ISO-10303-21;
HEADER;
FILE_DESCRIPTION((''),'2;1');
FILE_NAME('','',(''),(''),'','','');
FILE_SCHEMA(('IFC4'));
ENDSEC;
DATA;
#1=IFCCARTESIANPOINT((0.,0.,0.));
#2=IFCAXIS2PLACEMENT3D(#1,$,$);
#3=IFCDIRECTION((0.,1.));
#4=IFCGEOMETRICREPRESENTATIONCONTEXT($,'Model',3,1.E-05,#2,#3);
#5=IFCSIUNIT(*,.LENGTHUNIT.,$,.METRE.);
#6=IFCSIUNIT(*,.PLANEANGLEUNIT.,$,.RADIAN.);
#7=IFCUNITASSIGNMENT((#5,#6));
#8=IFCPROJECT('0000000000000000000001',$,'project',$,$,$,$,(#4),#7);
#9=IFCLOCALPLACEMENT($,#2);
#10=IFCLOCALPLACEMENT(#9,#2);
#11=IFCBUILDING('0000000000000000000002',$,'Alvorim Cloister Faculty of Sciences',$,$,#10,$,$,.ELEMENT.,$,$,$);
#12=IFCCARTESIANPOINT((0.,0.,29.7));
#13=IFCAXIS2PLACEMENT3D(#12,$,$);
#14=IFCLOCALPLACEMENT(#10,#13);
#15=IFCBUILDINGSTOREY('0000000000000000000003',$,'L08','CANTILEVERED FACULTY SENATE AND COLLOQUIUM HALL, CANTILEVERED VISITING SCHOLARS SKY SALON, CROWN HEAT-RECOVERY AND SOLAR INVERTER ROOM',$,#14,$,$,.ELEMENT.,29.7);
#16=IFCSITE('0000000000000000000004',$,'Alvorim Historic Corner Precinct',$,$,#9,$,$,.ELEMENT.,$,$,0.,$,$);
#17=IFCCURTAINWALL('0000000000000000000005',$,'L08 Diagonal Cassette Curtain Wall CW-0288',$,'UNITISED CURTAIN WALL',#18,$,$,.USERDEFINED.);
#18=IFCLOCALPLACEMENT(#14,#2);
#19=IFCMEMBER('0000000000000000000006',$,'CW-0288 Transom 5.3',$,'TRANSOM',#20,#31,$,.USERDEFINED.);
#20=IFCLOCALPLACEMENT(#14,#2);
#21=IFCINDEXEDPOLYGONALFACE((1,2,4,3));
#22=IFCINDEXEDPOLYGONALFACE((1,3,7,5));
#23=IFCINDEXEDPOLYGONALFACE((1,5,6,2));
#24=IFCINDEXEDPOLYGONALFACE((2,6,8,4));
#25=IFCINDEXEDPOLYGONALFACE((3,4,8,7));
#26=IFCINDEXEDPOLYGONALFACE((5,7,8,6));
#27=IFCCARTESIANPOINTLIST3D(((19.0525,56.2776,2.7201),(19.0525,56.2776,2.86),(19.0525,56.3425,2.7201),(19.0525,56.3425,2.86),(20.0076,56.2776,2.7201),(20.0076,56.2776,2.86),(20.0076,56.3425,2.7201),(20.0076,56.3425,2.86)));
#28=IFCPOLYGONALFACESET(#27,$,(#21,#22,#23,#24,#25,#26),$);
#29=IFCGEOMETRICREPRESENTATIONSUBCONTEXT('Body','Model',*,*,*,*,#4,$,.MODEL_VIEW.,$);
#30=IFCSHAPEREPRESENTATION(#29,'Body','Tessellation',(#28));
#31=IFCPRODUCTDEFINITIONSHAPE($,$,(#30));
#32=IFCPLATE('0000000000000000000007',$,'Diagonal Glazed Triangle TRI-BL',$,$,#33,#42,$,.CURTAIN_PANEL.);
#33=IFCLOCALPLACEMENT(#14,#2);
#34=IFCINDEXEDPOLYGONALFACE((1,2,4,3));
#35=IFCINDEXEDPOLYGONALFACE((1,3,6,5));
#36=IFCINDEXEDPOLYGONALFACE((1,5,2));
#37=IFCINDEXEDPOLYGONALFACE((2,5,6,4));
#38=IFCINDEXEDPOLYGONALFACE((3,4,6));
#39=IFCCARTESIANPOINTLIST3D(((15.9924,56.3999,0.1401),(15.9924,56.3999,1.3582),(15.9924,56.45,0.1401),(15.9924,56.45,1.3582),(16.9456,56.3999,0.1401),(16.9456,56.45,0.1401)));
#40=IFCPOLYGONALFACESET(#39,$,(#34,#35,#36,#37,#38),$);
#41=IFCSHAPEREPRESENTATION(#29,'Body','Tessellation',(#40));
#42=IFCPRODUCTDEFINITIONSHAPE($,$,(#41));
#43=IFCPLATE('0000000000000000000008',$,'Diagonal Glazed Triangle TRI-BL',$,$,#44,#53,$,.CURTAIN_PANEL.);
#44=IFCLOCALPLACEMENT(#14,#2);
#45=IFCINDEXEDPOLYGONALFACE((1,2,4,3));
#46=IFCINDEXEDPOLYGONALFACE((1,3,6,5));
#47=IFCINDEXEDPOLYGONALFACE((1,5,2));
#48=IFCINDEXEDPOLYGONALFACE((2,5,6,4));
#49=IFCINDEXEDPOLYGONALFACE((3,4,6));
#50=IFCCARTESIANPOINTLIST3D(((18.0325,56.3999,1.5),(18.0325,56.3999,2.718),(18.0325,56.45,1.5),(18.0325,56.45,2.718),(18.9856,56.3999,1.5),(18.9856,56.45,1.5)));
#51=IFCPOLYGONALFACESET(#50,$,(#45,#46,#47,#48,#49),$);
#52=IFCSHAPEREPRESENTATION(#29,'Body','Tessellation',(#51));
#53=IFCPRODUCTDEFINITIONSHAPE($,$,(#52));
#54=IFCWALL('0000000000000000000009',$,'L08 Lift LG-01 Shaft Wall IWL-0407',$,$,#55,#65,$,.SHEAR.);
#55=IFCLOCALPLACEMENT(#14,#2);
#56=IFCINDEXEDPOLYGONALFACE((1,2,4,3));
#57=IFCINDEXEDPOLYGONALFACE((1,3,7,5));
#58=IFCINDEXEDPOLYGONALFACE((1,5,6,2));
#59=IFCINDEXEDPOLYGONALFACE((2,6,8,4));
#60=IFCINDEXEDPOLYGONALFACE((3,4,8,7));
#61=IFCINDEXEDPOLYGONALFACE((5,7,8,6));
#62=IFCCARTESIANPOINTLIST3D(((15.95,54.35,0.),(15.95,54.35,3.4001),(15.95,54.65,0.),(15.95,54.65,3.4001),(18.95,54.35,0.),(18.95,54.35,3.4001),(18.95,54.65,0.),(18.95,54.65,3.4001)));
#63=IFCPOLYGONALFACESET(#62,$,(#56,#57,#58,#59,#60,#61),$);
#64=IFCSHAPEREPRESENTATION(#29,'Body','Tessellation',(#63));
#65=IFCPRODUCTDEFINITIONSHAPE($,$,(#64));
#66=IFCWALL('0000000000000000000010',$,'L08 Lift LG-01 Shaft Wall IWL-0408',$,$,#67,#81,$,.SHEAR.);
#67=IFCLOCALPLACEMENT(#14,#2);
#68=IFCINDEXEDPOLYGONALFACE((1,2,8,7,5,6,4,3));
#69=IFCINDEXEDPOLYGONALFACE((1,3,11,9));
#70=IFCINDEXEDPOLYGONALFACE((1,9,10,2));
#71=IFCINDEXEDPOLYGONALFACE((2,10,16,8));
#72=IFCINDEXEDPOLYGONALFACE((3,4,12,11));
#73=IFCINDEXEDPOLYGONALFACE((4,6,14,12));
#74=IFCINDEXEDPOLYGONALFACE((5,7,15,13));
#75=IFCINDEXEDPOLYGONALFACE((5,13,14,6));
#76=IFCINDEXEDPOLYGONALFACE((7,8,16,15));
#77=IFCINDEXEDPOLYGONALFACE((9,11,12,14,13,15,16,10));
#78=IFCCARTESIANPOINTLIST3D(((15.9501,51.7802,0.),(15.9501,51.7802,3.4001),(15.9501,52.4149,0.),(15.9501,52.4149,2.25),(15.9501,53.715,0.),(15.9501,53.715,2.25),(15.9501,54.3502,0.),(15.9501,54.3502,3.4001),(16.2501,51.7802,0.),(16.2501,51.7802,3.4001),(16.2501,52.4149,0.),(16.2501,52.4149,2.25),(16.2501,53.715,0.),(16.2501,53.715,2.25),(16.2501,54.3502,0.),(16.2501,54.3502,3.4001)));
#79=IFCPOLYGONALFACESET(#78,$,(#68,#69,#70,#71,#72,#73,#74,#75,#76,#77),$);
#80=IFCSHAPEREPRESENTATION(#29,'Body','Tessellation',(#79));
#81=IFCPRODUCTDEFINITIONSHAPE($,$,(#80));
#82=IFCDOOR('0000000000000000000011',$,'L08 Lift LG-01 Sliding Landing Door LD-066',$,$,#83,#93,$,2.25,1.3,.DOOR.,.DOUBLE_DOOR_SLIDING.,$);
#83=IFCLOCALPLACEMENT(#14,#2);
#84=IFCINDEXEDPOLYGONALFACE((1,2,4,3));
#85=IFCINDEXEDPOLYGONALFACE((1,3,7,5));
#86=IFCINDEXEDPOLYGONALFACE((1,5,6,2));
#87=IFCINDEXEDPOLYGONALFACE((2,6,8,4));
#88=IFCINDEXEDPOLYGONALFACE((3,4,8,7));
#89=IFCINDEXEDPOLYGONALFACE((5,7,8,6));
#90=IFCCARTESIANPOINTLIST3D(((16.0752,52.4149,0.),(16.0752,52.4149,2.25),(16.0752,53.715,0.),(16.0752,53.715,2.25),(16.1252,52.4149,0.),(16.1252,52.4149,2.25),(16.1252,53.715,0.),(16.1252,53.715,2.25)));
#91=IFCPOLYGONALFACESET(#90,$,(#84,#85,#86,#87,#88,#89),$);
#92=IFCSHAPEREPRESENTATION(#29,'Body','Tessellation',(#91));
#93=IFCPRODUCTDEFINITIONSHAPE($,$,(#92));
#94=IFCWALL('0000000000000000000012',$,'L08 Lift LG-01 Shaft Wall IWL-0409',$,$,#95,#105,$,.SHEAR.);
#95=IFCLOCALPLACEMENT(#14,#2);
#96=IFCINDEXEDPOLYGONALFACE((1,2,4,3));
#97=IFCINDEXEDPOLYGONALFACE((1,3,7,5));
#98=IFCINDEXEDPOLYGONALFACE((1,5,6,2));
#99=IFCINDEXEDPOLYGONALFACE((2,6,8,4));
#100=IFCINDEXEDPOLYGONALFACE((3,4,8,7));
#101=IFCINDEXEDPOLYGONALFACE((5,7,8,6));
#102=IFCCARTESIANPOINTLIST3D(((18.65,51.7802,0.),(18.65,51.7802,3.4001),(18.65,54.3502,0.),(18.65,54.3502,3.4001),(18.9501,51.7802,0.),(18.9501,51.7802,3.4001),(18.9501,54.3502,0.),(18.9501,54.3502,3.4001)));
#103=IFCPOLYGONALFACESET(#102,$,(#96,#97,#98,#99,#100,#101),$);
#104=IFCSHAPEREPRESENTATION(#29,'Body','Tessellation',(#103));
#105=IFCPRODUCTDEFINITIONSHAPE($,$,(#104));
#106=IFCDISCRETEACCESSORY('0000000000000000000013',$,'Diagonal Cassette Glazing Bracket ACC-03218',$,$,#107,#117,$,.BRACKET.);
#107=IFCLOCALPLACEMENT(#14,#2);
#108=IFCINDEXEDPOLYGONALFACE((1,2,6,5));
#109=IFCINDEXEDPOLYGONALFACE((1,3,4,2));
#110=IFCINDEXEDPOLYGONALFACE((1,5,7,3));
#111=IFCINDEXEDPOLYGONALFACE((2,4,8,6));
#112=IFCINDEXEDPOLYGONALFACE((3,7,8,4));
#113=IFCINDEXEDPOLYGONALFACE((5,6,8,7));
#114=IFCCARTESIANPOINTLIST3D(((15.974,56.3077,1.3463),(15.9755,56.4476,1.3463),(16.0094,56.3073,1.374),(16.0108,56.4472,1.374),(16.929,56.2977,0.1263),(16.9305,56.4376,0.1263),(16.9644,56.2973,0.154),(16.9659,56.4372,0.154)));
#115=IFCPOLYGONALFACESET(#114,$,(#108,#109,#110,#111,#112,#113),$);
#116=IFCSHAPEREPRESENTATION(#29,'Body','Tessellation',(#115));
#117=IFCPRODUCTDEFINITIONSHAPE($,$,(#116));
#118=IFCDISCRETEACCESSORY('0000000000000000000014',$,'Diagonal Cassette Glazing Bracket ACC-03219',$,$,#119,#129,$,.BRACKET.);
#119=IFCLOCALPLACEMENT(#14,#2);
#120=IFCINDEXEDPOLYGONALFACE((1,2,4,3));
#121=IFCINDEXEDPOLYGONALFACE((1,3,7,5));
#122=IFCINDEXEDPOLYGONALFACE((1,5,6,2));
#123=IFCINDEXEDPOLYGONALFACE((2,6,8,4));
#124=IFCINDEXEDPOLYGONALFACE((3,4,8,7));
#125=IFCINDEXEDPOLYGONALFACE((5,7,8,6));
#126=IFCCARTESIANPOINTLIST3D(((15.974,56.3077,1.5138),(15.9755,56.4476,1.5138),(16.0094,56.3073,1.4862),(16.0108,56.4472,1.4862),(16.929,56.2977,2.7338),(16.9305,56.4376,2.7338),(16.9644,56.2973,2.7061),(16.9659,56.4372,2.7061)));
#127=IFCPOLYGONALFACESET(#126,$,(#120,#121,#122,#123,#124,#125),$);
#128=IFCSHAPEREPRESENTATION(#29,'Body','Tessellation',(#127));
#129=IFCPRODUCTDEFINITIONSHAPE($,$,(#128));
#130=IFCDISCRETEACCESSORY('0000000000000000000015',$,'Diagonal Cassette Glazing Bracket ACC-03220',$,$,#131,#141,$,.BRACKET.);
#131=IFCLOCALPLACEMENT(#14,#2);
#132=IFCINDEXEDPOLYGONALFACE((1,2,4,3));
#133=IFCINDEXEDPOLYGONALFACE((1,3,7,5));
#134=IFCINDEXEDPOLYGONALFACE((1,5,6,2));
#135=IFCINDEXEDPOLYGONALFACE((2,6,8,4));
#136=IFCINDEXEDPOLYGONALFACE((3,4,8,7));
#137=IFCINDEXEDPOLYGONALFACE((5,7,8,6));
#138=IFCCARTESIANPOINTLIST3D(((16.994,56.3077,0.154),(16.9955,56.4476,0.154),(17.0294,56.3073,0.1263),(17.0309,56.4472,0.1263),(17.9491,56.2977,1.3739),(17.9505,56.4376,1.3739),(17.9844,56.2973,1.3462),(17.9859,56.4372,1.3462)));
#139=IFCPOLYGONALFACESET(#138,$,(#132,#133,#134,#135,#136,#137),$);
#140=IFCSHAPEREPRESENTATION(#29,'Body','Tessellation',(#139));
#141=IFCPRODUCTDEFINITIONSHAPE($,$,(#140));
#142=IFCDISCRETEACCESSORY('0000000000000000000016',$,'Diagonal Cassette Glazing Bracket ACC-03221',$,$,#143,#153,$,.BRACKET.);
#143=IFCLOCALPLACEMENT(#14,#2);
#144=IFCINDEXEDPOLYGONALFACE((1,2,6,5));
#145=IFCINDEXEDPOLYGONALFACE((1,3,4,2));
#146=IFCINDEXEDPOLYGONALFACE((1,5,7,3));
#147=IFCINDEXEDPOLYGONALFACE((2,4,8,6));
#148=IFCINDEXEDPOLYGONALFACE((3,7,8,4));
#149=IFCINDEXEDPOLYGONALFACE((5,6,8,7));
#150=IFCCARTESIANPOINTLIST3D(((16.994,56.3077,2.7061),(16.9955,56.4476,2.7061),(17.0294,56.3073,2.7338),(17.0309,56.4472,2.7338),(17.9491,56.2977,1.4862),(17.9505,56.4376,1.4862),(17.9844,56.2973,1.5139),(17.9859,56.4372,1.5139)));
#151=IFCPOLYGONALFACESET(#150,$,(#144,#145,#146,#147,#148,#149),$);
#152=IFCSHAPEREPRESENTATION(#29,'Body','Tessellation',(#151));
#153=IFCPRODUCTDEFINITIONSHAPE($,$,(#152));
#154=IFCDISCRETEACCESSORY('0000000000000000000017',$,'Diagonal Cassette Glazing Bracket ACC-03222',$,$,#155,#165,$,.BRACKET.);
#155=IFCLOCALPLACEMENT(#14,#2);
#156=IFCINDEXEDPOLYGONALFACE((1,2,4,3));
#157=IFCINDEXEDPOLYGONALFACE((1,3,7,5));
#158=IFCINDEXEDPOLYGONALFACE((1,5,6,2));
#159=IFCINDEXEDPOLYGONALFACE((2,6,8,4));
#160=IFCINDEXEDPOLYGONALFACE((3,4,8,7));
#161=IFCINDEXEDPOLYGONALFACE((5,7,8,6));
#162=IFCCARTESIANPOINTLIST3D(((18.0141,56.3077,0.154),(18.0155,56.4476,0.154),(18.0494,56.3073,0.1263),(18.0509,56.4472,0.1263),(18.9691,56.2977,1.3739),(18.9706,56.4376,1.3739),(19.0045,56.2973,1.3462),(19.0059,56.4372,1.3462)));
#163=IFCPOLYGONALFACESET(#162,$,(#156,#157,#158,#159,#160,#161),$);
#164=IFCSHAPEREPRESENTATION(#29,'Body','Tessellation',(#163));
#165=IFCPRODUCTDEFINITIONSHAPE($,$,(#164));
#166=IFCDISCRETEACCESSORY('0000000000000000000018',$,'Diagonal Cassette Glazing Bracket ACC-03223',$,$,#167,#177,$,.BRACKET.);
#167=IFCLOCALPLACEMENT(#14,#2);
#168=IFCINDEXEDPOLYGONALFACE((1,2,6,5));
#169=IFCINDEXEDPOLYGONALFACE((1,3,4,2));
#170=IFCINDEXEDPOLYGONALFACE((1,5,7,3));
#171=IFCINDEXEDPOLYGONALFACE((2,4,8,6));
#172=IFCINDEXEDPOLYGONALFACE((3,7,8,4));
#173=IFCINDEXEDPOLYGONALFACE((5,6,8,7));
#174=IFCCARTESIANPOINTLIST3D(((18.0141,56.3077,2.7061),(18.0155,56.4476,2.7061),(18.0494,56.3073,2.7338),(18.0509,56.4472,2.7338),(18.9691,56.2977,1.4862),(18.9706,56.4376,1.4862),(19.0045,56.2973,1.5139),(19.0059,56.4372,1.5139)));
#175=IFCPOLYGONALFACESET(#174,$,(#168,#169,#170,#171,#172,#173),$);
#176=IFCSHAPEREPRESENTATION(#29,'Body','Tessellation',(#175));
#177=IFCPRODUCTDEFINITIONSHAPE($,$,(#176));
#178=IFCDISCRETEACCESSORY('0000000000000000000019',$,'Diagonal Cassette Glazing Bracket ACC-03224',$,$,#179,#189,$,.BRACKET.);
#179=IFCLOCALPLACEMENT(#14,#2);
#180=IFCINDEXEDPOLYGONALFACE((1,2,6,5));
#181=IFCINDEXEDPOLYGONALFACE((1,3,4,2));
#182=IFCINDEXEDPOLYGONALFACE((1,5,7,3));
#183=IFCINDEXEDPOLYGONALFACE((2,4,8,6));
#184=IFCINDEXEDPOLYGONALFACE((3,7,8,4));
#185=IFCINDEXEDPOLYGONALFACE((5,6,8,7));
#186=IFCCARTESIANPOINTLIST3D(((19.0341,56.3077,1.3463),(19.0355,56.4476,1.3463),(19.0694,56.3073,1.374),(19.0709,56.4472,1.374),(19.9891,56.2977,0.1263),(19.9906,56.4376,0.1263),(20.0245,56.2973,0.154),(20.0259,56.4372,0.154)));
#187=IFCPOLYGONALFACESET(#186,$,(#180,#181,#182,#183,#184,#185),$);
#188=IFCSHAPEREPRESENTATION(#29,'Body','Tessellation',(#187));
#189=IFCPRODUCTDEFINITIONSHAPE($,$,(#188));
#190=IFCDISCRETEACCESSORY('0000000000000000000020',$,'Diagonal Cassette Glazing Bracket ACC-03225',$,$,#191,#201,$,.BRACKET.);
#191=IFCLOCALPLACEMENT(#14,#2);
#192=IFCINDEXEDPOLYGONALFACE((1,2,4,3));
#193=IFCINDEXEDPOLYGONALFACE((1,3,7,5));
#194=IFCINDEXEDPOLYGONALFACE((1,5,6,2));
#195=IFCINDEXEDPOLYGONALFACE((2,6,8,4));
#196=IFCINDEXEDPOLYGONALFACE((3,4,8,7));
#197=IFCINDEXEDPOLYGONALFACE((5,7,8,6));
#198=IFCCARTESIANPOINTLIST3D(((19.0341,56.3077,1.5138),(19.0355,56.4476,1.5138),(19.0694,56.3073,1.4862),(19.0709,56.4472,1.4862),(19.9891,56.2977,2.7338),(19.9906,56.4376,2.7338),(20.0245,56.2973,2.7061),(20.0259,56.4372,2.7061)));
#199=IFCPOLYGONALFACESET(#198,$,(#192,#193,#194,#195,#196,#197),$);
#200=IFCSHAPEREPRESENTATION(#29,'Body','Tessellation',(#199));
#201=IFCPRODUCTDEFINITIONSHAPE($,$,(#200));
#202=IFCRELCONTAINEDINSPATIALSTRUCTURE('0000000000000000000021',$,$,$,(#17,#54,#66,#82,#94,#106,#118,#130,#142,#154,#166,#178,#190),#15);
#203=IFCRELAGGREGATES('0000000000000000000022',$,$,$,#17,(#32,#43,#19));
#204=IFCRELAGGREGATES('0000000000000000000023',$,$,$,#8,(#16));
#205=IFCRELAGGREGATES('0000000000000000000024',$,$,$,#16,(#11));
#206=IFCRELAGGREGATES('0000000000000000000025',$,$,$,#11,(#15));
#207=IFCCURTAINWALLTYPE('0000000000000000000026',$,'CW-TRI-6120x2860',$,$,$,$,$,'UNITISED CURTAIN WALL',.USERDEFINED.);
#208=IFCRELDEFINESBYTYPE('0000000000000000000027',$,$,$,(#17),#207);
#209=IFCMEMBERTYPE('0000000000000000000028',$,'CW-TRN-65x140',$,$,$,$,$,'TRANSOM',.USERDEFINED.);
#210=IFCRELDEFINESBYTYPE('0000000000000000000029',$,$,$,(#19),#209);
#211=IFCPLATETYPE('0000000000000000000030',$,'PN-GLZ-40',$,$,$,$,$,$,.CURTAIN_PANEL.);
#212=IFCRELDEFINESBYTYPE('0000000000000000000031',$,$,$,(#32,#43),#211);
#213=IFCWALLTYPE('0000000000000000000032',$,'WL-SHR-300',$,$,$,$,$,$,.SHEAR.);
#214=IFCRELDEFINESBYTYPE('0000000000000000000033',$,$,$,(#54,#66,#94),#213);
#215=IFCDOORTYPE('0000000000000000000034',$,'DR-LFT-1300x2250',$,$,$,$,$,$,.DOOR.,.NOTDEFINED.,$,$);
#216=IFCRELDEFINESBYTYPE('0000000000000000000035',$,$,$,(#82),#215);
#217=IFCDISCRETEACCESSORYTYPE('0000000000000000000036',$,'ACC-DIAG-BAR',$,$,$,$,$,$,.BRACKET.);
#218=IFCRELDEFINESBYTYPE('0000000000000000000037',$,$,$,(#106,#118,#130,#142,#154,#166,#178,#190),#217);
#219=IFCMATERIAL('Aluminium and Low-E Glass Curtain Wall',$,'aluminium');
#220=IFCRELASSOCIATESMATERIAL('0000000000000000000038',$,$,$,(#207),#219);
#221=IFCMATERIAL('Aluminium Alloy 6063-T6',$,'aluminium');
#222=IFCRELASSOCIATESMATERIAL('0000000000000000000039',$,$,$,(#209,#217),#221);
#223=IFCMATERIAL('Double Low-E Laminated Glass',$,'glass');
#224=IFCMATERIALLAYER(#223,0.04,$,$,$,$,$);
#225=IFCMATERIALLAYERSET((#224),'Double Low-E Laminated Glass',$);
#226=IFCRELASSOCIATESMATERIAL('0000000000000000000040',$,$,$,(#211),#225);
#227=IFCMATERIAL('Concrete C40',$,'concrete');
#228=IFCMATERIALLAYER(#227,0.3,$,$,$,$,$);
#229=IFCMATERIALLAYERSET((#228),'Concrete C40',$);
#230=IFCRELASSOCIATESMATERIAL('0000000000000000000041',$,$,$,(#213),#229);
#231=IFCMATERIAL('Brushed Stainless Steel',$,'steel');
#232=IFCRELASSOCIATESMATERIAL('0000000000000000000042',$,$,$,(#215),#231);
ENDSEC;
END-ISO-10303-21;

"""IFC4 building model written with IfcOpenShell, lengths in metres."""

from ifc_helpers import new_model, si_unit, direction, frame, frame_2d, origin, origin_2d, place, context, subcontext, project, spatial, polyline, rectangle, outline, extrude, material, layer, layer_set, material_profile, profile_set, type_object, element, fill, aggregate, save


model = new_model("IFC4")

# Units and contexts
model_context = context("Model", 3, precision=1e-05, world=origin(), true_north=direction((0.0, 1.0)))
body_context = subcontext(model_context, "Body", "Model", "MODEL_VIEW")
ifc_project = project(units=[si_unit("LENGTHUNIT", "METRE"), si_unit("PLANEANGLEUNIT", "RADIAN")], contexts=[model_context])

# Site, building, storey
site_placement = place(None, origin())
site = spatial("IfcSite", under=ifc_project, at=site_placement, Name="Alvorim Historic Corner Precinct", CompositionType="ELEMENT", RefElevation=0.0)
building_placement = place(site_placement, origin())
building = spatial("IfcBuilding", under=site, at=building_placement, Name="Alvorim Cloister Faculty of Sciences", CompositionType="ELEMENT")
storey_placement = place(building_placement, frame((0.0, 0.0, 29.7)))
storey = spatial("IfcBuildingStorey", under=building, at=storey_placement, Name="L08", Description="CANTILEVERED FACULTY SENATE AND COLLOQUIUM HALL, CANTILEVERED VISITING SCHOLARS SKY SALON, CROWN HEAT-RECOVERY AND SOLAR INVERTER ROOM", CompositionType="ELEMENT", Elevation=29.7)

# Curtain wall, member, plates
ifc_material_1 = material(Name="Aluminium and Low-E Glass Curtain Wall", Category="aluminium")
curtain_wall_type = type_object("IfcCurtainWallType", Name="CW-TRI-6120x2860", ElementType="UNITISED CURTAIN WALL", PredefinedType="USERDEFINED", material=ifc_material_1)
curtain_wall_placement = place(storey_placement, origin())
curtain_wall = element("IfcCurtainWall", 1, at=curtain_wall_placement, inside=storey, type_object=curtain_wall_type, Name="L08 Diagonal Cassette Curtain Wall CW-0288", ObjectType="UNITISED CURTAIN WALL", PredefinedType="USERDEFINED")
ifc_material_2 = material(Name="Aluminium Alloy 6063-T6", Category="aluminium")
ifc_material_profile_1 = material_profile(ifc_material_2, rectangle(XDim=0.0649, YDim=0.1399, at=origin_2d()), Name="ALU-TRN-65x140")
ifc_profile_set_1 = profile_set([ifc_material_profile_1], Name="Aluminium Alloy 6063-T6")
member_type_1 = type_object("IfcMemberType", Name="CW-TRN-65x140", ElementType="TRANSOM", PredefinedType="USERDEFINED", material=ifc_profile_set_1)
member_1_placement = place(storey_placement, frame((19.0525, 56.3101, 2.79), z_axis=(1.0, 0.0, 0.0), x_axis=(0.0, 1.0, 0.0)))
member_1 = element("IfcMember", 2, at=member_1_placement, type_object=member_type_1, Name="CW-0288 Transom 5.3", ObjectType="TRANSOM", PredefinedType="USERDEFINED", context=body_context, shape_type="SweptSolid", body=[
    extrude(rectangle(XDim=0.0649, YDim=0.1399, at=origin_2d()), origin(), (0.0, 0.0, 1.0), 0.9551),
])
ifc_material_3 = material(Name="Double Low-E Laminated Glass", Category="glass")
ifc_layer_1 = layer(ifc_material_3, 0.04)
ifc_layer_set_1 = layer_set([ifc_layer_1], Name="Double Low-E Laminated Glass")
plate_type = type_object("IfcPlateType", Name="PN-GLZ-40", PredefinedType="CURTAIN_PANEL", material=ifc_layer_set_1)
plate_1_placement = place(storey_placement, frame((15.9924, 56.425, 0.1401), z_axis=(0.0, 0.0, 1.0), x_axis=(1.0, 0.0, 0.0)))
plate_1 = element("IfcPlate", 3, at=plate_1_placement, type_object=plate_type, Name="Diagonal Glazed Triangle TRI-BL", PredefinedType="CURTAIN_PANEL", context=body_context, shape_type="SweptSolid", body=[
    extrude(outline(polyline([(0.0, 0.0), (0.9531, 0.0), (0.0, 1.218), (0.0, 0.0)])), frame((0.0, 0.0249, 0.0), z_axis=(0.0, -1.0, 0.0), x_axis=(1.0, 0.0, 0.0)), (0.0, 0.0, 1.0), 0.05),
])
plate_2_placement = place(storey_placement, frame((18.0325, 56.425, 1.5), z_axis=(0.0, 0.0, 1.0), x_axis=(1.0, 0.0, 0.0)))
plate_2 = element("IfcPlate", 4, at=plate_2_placement, type_object=plate_type, Name="Diagonal Glazed Triangle TRI-BL", PredefinedType="CURTAIN_PANEL", context=body_context, shape_type="SweptSolid", body=[
    extrude(outline(polyline([(0.0, 0.0), (0.9531, 0.0), (0.0, 1.218), (0.0, 0.0)])), frame((0.0, 0.0249, 0.0), z_axis=(0.0, -1.0, 0.0), x_axis=(1.0, 0.0, 0.0)), (0.0, 0.0, 1.0), 0.05),
])
aggregate(curtain_wall, [plate_1, plate_2, member_1])

# Wall
ifc_material_4 = material(Name="Concrete C40", Category="concrete")
ifc_layer_2 = layer(ifc_material_4, 0.3)
ifc_layer_set_2 = layer_set([ifc_layer_2], Name="Concrete C40")
wall_type = type_object("IfcWallType", Name="WL-SHR-300", PredefinedType="SHEAR", material=ifc_layer_set_2)
wall_1_placement = place(storey_placement, frame((15.95, 54.5, 0.0), z_axis=(0.0, 0.0, 1.0), x_axis=(1.0, 0.0, 0.0)))
element("IfcWall", 5, at=wall_1_placement, inside=storey, type_object=wall_type, Name="L08 Lift LG-01 Shaft Wall IWL-0407", PredefinedType="SHEAR", context=body_context, shape_type="SweptSolid", body=[
    extrude(rectangle(XDim=3.0, YDim=0.3, at=frame_2d((1.5, 0.0))), origin(), (0.0, 0.0, 1.0), 3.4001),
])

# Wall, opening, door
wall_2_placement = place(storey_placement, frame((16.1001, 51.78, 0.0), z_axis=(0.0, 0.0, 1.0), x_axis=(0.0, 1.0, 0.0)))
wall_2 = element("IfcWall", 6, at=wall_2_placement, inside=storey, type_object=wall_type, Name="L08 Lift LG-01 Shaft Wall IWL-0408", PredefinedType="SHEAR", context=body_context, shape_type="SweptSolid", body=[
    extrude(rectangle(XDim=2.5701, YDim=0.3, at=frame_2d((1.2852, 0.0))), origin(), (0.0, 0.0, 1.0), 3.4001),
])
opening_placement = place(wall_2_placement, frame((0.635, 0.0, 0.0)))
opening = element("IfcOpeningElement", 7, at=opening_placement, cuts=wall_2, PredefinedType="OPENING", context=body_context, shape_type="SweptSolid", body=[
    extrude(rectangle(XDim=1.3, YDim=2.25, at=frame_2d((0.6499, 1.125))), frame((0.0, 0.1621, 0.0), z_axis=(0.0, -1.0, 0.0), x_axis=(1.0, 0.0, 0.0)), (0.0, 0.0, 1.0), 0.324),
])
ifc_material_5 = material(Name="Brushed Stainless Steel", Category="steel")
door_type = type_object("IfcDoorType", Name="DR-LFT-1300x2250", OperationType="NOTDEFINED", PredefinedType="DOOR", material=ifc_material_5)
door_placement = place(opening_placement, origin())
door = element("IfcDoor", 8, at=door_placement, inside=storey, type_object=door_type, Name="L08 Lift LG-01 Sliding Landing Door LD-066", OperationType="DOUBLE_DOOR_SLIDING", OverallHeight=2.25, OverallWidth=1.3, PredefinedType="DOOR", context=body_context, shape_type="SweptSolid", body=[
    extrude(rectangle(XDim=1.3, YDim=2.25, at=frame_2d((0.6499, 1.125))), frame((0.0, 0.0249, 0.0), z_axis=(0.0, -1.0, 0.0), x_axis=(1.0, 0.0, 0.0)), (0.0, 0.0, 1.0), 0.05),
])
fill(opening, door)

# Wall
wall_3_placement = place(storey_placement, frame((18.8, 51.78, 0.0), z_axis=(0.0, 0.0, 1.0), x_axis=(0.0, 1.0, 0.0)))
element("IfcWall", 9, at=wall_3_placement, inside=storey, type_object=wall_type, Name="L08 Lift LG-01 Shaft Wall IWL-0409", PredefinedType="SHEAR", context=body_context, shape_type="SweptSolid", body=[
    extrude(rectangle(XDim=2.5701, YDim=0.3, at=frame_2d((1.2852, 0.0))), origin(), (0.0, 0.0, 1.0), 3.4001),
])

# Discrete accessories
discrete_accessory_type = type_object("IfcDiscreteAccessoryType", Name="ACC-DIAG-BAR", PredefinedType="BRACKET", material=ifc_material_2)
for number, where, z_axis, x_axis, name in (
    (10, (15.9924, 56.3774, 1.3601), (0.616423, -0.00646, -0.787389), (0.01048, 0.999945, 0.0), "Diagonal Cassette Glazing Bracket ACC-03218"),
    (11, (15.9924, 56.3774, 1.5), (0.616423, -0.00646, 0.787389), (0.01048, 0.999945, 0.0), "Diagonal Cassette Glazing Bracket ACC-03219"),
    (12, (17.0125, 56.3774, 0.1401), (0.616423, -0.00646, 0.787389), (0.01048, 0.999945, 0.0), "Diagonal Cassette Glazing Bracket ACC-03220"),
    (13, (17.0125, 56.3774, 2.72), (0.616423, -0.00646, -0.787389), (0.01048, 0.999945, 0.0), "Diagonal Cassette Glazing Bracket ACC-03221"),
    (14, (18.0325, 56.3774, 0.1401), (0.616423, -0.00646, 0.787389), (0.01048, 0.999945, 0.0), "Diagonal Cassette Glazing Bracket ACC-03222"),
    (15, (18.0325, 56.3774, 2.72), (0.616423, -0.00646, -0.787389), (0.01048, 0.999945, 0.0), "Diagonal Cassette Glazing Bracket ACC-03223"),
    (16, (19.0525, 56.3774, 1.3601), (0.616423, -0.00646, -0.787389), (0.01048, 0.999945, 0.0), "Diagonal Cassette Glazing Bracket ACC-03224"),
    (17, (19.0525, 56.3774, 1.5), (0.616423, -0.00646, 0.787389), (0.01048, 0.999945, 0.0), "Diagonal Cassette Glazing Bracket ACC-03225"),
):
    element("IfcDiscreteAccessory", number, at=place(storey_placement, frame(where, z_axis=z_axis, x_axis=x_axis)), inside=storey, type_object=discrete_accessory_type, Name=name, PredefinedType="BRACKET", context=body_context, shape_type="SweptSolid", body=[
        extrude(rectangle(XDim=0.1399, YDim=0.0449, at=origin_2d()), origin(), (0.0, 0.0, 1.0), 1.5493),
    ])

save(model, "model.ifc")
